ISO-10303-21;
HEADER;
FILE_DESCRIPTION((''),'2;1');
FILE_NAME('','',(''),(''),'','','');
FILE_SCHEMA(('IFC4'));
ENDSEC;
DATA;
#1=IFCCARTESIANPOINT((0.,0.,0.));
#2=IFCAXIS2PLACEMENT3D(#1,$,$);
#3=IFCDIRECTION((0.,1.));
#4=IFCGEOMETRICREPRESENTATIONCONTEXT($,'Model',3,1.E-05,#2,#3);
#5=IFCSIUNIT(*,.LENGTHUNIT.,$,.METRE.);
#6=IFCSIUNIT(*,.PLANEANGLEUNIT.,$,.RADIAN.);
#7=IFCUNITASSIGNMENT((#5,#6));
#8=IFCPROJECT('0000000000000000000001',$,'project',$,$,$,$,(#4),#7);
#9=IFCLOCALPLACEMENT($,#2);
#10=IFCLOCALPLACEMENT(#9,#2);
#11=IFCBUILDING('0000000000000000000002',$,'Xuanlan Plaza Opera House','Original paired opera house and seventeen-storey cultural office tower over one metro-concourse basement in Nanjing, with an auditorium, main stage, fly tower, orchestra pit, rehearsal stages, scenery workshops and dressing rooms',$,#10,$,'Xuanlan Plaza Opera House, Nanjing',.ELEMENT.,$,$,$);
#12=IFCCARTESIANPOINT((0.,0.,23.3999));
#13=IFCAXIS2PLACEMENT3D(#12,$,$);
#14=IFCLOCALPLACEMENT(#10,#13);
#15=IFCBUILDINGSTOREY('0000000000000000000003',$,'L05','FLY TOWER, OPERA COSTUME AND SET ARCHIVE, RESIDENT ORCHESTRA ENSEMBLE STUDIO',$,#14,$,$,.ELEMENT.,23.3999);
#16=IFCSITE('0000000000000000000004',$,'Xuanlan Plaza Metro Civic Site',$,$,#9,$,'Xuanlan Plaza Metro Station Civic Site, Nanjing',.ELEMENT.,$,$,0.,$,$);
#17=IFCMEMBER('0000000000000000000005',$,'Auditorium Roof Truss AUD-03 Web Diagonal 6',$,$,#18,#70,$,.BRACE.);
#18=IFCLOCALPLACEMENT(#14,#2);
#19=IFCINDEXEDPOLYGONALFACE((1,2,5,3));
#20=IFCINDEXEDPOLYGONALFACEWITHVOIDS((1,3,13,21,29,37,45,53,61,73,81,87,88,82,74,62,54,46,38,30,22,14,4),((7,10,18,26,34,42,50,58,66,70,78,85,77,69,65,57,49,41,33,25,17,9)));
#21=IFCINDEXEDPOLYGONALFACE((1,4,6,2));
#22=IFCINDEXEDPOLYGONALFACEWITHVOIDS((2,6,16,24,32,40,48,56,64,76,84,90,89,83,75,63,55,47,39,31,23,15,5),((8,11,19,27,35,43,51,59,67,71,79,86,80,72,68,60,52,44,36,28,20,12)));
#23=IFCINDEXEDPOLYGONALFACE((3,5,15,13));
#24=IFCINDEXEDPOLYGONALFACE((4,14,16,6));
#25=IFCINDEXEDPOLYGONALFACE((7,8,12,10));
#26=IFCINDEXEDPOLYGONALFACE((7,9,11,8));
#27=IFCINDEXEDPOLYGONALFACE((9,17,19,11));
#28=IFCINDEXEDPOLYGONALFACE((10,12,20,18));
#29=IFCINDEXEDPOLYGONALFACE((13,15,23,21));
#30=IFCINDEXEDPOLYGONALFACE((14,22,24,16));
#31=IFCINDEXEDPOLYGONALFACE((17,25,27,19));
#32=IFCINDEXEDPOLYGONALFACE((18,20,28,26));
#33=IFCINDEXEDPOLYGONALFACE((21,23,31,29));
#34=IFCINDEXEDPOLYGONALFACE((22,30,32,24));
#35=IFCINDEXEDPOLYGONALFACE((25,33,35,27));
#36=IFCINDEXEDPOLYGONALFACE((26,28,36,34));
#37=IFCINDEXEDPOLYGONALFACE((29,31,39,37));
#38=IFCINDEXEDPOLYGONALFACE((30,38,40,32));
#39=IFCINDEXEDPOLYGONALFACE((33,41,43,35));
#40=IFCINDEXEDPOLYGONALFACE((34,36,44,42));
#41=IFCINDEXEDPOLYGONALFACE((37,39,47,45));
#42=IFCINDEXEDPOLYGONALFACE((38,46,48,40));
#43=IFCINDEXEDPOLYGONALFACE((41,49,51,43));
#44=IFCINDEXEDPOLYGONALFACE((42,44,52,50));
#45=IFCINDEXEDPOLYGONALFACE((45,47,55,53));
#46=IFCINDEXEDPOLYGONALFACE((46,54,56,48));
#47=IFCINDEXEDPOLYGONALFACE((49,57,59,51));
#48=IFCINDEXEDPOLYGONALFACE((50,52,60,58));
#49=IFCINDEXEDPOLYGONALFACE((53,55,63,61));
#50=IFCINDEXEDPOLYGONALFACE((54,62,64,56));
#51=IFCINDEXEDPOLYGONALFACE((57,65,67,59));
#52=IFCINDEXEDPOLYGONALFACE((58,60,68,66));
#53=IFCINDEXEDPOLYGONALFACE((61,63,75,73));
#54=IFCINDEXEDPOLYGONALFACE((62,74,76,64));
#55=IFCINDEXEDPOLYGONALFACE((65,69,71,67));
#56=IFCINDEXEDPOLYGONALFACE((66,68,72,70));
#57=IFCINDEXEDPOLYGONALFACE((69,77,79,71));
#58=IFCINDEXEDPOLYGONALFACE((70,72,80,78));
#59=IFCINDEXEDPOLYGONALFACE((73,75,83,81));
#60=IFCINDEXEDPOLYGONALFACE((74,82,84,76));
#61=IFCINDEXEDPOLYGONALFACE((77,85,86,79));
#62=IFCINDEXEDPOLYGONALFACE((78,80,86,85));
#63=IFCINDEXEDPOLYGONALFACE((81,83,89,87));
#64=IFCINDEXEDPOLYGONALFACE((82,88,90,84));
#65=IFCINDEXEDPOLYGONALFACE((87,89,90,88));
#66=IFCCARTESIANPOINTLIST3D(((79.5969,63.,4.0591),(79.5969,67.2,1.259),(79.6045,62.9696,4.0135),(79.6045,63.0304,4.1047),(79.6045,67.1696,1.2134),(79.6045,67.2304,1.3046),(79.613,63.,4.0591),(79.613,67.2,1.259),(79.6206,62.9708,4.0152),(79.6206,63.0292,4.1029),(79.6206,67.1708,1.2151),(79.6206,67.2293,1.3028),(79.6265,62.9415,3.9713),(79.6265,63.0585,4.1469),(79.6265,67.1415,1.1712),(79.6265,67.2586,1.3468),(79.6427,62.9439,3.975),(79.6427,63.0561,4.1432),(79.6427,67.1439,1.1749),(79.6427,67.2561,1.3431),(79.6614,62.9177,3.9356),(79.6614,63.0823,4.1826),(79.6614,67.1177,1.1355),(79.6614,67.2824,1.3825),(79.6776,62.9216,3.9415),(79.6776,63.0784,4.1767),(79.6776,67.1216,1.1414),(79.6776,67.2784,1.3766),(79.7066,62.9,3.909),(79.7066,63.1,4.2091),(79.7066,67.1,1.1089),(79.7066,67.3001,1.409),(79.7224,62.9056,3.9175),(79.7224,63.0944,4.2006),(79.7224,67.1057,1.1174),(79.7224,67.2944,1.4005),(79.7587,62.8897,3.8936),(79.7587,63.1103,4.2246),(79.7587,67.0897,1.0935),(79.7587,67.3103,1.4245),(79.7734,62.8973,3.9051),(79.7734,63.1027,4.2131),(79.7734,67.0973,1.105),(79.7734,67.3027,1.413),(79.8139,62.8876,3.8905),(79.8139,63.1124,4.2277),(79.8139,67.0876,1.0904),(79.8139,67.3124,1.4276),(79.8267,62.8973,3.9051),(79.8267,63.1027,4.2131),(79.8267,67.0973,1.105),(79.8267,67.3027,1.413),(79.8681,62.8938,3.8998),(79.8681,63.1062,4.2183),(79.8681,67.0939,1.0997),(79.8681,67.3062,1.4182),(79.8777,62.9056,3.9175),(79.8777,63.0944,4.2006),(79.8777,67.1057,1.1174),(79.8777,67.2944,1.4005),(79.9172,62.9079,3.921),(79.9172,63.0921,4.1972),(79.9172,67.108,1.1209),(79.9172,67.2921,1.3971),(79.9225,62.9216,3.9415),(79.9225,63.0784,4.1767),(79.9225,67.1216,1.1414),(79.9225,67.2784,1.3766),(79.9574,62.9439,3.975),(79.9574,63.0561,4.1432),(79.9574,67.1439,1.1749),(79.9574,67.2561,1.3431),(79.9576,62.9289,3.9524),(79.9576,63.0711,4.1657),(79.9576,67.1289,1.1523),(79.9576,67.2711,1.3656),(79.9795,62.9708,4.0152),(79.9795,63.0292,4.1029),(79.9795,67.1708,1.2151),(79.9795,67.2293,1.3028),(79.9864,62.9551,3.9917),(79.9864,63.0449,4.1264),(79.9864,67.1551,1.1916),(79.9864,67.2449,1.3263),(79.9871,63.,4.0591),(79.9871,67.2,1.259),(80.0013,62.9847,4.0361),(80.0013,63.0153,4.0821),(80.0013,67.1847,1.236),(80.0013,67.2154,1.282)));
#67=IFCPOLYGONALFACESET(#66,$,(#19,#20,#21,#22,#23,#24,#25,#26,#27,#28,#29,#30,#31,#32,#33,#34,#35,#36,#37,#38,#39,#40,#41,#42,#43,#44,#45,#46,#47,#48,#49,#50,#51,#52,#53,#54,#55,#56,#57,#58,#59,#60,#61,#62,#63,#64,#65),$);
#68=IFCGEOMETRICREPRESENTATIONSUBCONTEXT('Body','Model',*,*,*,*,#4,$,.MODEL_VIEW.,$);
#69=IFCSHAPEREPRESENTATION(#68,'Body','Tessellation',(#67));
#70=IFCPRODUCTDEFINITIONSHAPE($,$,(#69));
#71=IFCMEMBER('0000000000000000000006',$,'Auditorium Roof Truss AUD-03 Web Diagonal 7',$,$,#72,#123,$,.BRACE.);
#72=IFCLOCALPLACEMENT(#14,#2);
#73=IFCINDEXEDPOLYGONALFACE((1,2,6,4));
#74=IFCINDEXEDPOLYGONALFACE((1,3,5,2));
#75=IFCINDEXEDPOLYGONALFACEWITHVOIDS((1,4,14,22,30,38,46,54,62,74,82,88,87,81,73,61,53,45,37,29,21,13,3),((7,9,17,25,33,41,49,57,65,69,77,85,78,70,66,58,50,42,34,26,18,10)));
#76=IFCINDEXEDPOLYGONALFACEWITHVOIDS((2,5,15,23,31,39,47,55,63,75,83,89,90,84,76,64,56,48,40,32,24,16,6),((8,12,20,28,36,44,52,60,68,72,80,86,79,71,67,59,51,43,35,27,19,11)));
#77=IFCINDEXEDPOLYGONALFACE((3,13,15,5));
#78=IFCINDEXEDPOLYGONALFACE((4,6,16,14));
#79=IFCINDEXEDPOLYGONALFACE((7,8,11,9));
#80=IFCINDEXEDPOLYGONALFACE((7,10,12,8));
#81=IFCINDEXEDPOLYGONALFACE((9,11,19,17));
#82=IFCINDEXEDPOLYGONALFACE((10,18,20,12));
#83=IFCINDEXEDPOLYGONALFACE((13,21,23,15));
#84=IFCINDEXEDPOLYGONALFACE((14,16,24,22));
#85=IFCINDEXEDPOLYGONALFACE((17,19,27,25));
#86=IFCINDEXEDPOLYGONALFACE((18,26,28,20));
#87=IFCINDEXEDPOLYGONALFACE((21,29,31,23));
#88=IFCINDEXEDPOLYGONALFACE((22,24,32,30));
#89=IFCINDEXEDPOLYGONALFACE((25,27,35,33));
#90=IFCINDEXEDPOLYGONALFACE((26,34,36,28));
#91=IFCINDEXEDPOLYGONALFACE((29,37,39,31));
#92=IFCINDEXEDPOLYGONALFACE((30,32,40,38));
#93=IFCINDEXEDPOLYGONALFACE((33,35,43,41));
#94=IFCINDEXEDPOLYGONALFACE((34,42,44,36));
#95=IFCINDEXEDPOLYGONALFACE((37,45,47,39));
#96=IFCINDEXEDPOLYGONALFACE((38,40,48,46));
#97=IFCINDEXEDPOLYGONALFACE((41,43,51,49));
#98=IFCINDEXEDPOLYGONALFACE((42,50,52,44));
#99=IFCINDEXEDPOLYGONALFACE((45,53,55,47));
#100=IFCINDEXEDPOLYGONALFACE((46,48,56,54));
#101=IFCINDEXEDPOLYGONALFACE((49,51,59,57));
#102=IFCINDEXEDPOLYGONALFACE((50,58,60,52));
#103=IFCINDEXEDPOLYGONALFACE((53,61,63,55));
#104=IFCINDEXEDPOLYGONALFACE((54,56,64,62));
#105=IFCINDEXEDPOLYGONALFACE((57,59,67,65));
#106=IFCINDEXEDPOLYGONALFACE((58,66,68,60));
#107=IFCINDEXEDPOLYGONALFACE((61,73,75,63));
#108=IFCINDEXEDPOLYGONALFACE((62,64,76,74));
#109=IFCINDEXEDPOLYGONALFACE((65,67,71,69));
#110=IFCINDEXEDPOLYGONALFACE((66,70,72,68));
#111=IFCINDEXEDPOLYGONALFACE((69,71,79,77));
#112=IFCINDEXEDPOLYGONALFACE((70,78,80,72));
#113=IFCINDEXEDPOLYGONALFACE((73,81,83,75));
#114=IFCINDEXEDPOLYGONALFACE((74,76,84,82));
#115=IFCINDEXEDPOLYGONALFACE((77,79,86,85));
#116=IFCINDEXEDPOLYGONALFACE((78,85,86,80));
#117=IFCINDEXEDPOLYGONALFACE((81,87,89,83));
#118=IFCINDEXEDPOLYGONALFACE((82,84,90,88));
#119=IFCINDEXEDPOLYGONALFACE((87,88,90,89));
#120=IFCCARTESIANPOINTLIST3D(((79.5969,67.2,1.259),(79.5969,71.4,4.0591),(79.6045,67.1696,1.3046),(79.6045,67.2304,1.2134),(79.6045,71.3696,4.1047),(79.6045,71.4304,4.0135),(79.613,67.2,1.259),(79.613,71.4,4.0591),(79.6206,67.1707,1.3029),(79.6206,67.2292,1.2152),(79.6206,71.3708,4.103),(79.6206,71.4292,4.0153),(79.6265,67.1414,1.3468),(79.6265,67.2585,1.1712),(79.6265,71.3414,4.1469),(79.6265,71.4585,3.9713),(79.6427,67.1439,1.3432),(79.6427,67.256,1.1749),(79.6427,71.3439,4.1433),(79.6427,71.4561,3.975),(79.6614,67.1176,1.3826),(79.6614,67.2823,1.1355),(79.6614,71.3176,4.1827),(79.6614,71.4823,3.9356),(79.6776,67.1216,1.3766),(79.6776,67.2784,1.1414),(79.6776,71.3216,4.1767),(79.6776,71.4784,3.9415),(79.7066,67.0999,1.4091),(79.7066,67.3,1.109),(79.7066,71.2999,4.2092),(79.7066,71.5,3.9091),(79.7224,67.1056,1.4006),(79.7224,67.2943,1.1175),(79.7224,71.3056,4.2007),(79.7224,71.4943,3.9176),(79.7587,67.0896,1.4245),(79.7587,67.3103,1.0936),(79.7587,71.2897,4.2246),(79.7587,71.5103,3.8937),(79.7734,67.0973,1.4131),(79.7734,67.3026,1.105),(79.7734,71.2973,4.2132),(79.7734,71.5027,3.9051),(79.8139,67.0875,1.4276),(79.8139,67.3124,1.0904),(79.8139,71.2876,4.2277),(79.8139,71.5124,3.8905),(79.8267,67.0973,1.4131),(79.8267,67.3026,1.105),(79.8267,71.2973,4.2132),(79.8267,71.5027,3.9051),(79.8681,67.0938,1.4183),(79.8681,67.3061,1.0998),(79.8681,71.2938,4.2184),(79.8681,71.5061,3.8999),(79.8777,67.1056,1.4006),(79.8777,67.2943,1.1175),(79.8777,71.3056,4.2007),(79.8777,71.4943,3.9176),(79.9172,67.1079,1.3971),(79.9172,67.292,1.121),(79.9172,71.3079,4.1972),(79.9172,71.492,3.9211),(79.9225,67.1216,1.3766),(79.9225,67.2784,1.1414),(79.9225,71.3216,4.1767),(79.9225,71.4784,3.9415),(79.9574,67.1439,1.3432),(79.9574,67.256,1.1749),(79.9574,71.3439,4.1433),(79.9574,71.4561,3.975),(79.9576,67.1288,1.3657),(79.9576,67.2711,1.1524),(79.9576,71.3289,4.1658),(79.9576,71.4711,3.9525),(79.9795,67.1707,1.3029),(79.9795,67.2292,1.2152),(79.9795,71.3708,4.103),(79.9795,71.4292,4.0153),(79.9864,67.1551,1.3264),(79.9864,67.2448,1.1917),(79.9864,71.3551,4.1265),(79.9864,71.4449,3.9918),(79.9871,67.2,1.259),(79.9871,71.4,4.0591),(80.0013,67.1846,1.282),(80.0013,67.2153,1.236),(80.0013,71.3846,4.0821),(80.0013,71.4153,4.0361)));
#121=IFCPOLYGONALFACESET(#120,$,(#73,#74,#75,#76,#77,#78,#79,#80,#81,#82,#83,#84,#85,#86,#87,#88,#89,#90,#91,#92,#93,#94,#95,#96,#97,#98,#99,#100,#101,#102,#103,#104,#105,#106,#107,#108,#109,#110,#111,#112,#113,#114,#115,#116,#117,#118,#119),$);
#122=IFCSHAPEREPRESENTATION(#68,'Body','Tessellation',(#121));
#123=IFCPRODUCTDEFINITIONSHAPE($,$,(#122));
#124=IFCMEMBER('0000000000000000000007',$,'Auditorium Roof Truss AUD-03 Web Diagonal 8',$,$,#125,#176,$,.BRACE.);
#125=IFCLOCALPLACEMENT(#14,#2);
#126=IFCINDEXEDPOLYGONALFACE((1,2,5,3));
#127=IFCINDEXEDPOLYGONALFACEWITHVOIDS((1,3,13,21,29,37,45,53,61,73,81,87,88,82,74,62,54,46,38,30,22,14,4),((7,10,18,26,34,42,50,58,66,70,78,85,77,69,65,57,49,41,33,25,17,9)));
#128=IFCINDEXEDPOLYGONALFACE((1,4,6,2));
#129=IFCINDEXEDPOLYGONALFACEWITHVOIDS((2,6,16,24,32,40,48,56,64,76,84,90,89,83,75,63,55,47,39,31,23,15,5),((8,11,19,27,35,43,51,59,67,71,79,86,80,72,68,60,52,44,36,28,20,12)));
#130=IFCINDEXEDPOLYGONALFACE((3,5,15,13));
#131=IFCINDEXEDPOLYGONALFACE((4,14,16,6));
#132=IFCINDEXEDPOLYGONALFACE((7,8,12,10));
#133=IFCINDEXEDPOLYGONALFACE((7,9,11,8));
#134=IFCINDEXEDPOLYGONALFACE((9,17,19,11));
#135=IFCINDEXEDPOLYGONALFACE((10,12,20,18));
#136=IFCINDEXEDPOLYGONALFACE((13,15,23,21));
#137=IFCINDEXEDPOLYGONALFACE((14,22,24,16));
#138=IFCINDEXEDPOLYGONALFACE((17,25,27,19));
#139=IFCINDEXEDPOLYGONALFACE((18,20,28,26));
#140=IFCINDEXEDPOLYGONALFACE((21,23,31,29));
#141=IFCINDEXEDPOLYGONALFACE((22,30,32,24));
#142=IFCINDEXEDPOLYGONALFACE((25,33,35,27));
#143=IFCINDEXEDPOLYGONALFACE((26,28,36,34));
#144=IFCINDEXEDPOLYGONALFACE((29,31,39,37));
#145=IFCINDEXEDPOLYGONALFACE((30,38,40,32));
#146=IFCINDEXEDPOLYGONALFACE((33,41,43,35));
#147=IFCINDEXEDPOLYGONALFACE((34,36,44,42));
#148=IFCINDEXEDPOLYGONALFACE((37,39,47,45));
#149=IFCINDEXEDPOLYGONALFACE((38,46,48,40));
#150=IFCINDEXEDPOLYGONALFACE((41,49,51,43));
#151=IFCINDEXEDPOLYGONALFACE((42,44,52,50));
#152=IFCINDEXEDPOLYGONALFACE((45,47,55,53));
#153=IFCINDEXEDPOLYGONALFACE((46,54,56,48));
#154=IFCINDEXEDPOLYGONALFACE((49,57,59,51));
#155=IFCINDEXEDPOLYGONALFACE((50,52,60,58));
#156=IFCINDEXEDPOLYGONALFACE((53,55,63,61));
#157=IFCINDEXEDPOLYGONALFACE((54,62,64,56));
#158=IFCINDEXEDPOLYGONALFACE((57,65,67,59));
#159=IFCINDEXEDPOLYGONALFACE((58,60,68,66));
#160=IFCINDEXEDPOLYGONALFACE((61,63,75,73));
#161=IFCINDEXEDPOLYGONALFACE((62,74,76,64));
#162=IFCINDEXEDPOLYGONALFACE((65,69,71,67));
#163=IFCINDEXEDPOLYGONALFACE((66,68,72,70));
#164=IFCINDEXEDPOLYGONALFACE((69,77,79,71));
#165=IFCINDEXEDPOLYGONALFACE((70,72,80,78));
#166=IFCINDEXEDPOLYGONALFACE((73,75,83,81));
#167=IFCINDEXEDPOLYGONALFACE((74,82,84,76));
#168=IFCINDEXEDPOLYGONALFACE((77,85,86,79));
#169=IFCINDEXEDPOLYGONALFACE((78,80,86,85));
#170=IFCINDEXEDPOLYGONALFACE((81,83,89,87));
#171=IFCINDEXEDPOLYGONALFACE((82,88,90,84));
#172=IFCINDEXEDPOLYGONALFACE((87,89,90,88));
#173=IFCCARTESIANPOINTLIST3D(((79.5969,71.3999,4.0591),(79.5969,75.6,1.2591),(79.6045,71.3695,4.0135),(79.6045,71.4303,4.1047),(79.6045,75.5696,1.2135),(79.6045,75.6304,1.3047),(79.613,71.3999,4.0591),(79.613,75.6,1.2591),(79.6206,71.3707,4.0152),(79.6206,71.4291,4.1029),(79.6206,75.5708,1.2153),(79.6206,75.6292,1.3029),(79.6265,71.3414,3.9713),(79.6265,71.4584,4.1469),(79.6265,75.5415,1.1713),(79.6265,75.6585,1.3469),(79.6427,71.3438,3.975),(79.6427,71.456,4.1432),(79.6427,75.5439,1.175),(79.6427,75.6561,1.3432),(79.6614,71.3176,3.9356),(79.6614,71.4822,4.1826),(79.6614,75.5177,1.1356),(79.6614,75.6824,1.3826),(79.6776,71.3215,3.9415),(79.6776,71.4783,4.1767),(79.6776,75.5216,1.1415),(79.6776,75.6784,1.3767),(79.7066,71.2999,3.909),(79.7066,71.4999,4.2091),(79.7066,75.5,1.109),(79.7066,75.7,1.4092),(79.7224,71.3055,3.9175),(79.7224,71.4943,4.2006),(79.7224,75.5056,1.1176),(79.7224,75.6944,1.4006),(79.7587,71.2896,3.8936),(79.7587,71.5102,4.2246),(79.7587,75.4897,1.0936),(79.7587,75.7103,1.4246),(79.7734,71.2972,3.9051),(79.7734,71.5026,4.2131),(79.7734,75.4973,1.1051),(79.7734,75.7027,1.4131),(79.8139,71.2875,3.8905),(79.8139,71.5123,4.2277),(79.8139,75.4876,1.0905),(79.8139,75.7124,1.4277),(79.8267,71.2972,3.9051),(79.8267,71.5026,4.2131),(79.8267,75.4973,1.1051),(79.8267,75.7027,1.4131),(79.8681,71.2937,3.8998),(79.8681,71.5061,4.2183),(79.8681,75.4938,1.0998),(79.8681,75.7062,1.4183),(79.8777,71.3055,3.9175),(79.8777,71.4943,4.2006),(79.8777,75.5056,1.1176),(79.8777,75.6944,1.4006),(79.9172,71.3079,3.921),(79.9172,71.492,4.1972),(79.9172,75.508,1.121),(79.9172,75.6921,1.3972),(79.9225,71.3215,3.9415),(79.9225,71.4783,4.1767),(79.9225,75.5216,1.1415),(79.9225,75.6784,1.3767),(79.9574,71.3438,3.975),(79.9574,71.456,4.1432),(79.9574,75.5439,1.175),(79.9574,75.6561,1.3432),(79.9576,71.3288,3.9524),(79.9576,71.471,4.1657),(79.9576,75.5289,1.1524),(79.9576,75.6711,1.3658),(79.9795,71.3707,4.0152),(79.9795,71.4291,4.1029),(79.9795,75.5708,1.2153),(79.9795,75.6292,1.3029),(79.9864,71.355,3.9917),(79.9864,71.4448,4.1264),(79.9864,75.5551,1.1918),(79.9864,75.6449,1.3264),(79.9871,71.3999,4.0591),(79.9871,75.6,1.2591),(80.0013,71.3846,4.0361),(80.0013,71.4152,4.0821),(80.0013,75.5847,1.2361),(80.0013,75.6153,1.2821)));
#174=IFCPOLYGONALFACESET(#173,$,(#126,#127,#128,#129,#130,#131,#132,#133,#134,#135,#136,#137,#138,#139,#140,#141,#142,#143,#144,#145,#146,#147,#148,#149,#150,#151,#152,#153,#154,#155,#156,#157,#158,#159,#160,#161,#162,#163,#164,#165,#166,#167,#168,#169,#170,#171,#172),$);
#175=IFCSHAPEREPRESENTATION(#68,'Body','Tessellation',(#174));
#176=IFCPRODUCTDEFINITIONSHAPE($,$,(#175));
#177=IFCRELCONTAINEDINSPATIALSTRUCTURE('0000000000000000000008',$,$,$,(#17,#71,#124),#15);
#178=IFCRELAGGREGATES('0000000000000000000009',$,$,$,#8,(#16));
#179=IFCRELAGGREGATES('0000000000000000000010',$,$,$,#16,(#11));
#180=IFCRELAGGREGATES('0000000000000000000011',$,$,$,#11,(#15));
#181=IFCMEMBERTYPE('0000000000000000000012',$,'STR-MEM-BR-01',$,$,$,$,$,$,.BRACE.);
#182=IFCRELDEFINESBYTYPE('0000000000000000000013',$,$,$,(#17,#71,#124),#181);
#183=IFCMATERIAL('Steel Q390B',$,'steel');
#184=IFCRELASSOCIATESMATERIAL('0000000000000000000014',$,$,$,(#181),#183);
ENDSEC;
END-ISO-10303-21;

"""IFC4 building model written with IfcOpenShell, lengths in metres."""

from ifc_helpers import new_model, si_unit, direction, frame, origin, origin_2d, place, context, subcontext, project, spatial, hollow_circle, extrude, material, material_profile, profile_set, type_object, element, save


model = new_model("IFC4")

# Units and contexts
model_context = context("Model", 3, precision=1e-05, world=origin(), true_north=direction((0.0, 1.0)))
body_context = subcontext(model_context, "Body", "Model", "MODEL_VIEW")
ifc_project = project(units=[si_unit("LENGTHUNIT", "METRE"), si_unit("PLANEANGLEUNIT", "RADIAN")], contexts=[model_context])

# Site, building, storey
site_placement = place(None, origin())
site = spatial("IfcSite", under=ifc_project, at=site_placement, Name="Xuanlan Plaza Metro Civic Site", LongName="Xuanlan Plaza Metro Station Civic Site, Nanjing", CompositionType="ELEMENT", RefElevation=0.0)
building_placement = place(site_placement, origin())
building = spatial("IfcBuilding", under=site, at=building_placement, Name="Xuanlan Plaza Opera House", Description="Original paired opera house and seventeen-storey cultural office tower over one metro-concourse basement in Nanjing, with an auditorium, main stage, fly tower, orchestra pit, rehearsal stages, scenery workshops and dressing rooms", LongName="Xuanlan Plaza Opera House, Nanjing", CompositionType="ELEMENT")
storey_placement = place(building_placement, frame((0.0, 0.0, 23.3999)))
storey = spatial("IfcBuildingStorey", under=building, at=storey_placement, Name="L05", Description="FLY TOWER, OPERA COSTUME AND SET ARCHIVE, RESIDENT ORCHESTRA ENSEMBLE STUDIO", CompositionType="ELEMENT", Elevation=23.3999)

# Members
ifc_material_1 = material(Name="Steel Q390B", Category="steel")
ifc_material_profile_1 = material_profile(ifc_material_1, hollow_circle(Radius=0.2031, WallThickness=0.0161, at=origin_2d()), Name="CHS 406.4x16")
ifc_profile_set_1 = profile_set([ifc_material_profile_1], Name="Steel Q390B")
member_type_1 = type_object("IfcMemberType", Name="STR-MEM-BR-01", PredefinedType="BRACE", material=ifc_profile_set_1)
for number, where, z_axis, x_axis, name in (
    (1, (79.8, 63.0, 4.0591), (0.0, 0.832043, -0.554711), (-1.0, 0.0, 0.0), "Auditorium Roof Truss AUD-03 Web Diagonal 6"),
    (2, (79.8, 67.2, 1.259), (0.0, 0.832043, 0.554711), (-1.0, 0.0, 0.0), "Auditorium Roof Truss AUD-03 Web Diagonal 7"),
    (3, (79.8, 71.3999, 4.0591), (0.0, 0.832058, -0.554689), (-1.0, 0.0, 0.0), "Auditorium Roof Truss AUD-03 Web Diagonal 8"),
):
    element("IfcMember", number, at=place(storey_placement, frame(where, z_axis=z_axis, x_axis=x_axis)), inside=storey, type_object=member_type_1, Name=name, PredefinedType="BRACE", context=body_context, shape_type="SweptSolid", body=[
        extrude(hollow_circle(Radius=0.2031, WallThickness=0.0161, at=origin_2d()), origin(), (0.0, 0.0, 1.0), 5.0479),
    ])

save(model, "model.ifc")
